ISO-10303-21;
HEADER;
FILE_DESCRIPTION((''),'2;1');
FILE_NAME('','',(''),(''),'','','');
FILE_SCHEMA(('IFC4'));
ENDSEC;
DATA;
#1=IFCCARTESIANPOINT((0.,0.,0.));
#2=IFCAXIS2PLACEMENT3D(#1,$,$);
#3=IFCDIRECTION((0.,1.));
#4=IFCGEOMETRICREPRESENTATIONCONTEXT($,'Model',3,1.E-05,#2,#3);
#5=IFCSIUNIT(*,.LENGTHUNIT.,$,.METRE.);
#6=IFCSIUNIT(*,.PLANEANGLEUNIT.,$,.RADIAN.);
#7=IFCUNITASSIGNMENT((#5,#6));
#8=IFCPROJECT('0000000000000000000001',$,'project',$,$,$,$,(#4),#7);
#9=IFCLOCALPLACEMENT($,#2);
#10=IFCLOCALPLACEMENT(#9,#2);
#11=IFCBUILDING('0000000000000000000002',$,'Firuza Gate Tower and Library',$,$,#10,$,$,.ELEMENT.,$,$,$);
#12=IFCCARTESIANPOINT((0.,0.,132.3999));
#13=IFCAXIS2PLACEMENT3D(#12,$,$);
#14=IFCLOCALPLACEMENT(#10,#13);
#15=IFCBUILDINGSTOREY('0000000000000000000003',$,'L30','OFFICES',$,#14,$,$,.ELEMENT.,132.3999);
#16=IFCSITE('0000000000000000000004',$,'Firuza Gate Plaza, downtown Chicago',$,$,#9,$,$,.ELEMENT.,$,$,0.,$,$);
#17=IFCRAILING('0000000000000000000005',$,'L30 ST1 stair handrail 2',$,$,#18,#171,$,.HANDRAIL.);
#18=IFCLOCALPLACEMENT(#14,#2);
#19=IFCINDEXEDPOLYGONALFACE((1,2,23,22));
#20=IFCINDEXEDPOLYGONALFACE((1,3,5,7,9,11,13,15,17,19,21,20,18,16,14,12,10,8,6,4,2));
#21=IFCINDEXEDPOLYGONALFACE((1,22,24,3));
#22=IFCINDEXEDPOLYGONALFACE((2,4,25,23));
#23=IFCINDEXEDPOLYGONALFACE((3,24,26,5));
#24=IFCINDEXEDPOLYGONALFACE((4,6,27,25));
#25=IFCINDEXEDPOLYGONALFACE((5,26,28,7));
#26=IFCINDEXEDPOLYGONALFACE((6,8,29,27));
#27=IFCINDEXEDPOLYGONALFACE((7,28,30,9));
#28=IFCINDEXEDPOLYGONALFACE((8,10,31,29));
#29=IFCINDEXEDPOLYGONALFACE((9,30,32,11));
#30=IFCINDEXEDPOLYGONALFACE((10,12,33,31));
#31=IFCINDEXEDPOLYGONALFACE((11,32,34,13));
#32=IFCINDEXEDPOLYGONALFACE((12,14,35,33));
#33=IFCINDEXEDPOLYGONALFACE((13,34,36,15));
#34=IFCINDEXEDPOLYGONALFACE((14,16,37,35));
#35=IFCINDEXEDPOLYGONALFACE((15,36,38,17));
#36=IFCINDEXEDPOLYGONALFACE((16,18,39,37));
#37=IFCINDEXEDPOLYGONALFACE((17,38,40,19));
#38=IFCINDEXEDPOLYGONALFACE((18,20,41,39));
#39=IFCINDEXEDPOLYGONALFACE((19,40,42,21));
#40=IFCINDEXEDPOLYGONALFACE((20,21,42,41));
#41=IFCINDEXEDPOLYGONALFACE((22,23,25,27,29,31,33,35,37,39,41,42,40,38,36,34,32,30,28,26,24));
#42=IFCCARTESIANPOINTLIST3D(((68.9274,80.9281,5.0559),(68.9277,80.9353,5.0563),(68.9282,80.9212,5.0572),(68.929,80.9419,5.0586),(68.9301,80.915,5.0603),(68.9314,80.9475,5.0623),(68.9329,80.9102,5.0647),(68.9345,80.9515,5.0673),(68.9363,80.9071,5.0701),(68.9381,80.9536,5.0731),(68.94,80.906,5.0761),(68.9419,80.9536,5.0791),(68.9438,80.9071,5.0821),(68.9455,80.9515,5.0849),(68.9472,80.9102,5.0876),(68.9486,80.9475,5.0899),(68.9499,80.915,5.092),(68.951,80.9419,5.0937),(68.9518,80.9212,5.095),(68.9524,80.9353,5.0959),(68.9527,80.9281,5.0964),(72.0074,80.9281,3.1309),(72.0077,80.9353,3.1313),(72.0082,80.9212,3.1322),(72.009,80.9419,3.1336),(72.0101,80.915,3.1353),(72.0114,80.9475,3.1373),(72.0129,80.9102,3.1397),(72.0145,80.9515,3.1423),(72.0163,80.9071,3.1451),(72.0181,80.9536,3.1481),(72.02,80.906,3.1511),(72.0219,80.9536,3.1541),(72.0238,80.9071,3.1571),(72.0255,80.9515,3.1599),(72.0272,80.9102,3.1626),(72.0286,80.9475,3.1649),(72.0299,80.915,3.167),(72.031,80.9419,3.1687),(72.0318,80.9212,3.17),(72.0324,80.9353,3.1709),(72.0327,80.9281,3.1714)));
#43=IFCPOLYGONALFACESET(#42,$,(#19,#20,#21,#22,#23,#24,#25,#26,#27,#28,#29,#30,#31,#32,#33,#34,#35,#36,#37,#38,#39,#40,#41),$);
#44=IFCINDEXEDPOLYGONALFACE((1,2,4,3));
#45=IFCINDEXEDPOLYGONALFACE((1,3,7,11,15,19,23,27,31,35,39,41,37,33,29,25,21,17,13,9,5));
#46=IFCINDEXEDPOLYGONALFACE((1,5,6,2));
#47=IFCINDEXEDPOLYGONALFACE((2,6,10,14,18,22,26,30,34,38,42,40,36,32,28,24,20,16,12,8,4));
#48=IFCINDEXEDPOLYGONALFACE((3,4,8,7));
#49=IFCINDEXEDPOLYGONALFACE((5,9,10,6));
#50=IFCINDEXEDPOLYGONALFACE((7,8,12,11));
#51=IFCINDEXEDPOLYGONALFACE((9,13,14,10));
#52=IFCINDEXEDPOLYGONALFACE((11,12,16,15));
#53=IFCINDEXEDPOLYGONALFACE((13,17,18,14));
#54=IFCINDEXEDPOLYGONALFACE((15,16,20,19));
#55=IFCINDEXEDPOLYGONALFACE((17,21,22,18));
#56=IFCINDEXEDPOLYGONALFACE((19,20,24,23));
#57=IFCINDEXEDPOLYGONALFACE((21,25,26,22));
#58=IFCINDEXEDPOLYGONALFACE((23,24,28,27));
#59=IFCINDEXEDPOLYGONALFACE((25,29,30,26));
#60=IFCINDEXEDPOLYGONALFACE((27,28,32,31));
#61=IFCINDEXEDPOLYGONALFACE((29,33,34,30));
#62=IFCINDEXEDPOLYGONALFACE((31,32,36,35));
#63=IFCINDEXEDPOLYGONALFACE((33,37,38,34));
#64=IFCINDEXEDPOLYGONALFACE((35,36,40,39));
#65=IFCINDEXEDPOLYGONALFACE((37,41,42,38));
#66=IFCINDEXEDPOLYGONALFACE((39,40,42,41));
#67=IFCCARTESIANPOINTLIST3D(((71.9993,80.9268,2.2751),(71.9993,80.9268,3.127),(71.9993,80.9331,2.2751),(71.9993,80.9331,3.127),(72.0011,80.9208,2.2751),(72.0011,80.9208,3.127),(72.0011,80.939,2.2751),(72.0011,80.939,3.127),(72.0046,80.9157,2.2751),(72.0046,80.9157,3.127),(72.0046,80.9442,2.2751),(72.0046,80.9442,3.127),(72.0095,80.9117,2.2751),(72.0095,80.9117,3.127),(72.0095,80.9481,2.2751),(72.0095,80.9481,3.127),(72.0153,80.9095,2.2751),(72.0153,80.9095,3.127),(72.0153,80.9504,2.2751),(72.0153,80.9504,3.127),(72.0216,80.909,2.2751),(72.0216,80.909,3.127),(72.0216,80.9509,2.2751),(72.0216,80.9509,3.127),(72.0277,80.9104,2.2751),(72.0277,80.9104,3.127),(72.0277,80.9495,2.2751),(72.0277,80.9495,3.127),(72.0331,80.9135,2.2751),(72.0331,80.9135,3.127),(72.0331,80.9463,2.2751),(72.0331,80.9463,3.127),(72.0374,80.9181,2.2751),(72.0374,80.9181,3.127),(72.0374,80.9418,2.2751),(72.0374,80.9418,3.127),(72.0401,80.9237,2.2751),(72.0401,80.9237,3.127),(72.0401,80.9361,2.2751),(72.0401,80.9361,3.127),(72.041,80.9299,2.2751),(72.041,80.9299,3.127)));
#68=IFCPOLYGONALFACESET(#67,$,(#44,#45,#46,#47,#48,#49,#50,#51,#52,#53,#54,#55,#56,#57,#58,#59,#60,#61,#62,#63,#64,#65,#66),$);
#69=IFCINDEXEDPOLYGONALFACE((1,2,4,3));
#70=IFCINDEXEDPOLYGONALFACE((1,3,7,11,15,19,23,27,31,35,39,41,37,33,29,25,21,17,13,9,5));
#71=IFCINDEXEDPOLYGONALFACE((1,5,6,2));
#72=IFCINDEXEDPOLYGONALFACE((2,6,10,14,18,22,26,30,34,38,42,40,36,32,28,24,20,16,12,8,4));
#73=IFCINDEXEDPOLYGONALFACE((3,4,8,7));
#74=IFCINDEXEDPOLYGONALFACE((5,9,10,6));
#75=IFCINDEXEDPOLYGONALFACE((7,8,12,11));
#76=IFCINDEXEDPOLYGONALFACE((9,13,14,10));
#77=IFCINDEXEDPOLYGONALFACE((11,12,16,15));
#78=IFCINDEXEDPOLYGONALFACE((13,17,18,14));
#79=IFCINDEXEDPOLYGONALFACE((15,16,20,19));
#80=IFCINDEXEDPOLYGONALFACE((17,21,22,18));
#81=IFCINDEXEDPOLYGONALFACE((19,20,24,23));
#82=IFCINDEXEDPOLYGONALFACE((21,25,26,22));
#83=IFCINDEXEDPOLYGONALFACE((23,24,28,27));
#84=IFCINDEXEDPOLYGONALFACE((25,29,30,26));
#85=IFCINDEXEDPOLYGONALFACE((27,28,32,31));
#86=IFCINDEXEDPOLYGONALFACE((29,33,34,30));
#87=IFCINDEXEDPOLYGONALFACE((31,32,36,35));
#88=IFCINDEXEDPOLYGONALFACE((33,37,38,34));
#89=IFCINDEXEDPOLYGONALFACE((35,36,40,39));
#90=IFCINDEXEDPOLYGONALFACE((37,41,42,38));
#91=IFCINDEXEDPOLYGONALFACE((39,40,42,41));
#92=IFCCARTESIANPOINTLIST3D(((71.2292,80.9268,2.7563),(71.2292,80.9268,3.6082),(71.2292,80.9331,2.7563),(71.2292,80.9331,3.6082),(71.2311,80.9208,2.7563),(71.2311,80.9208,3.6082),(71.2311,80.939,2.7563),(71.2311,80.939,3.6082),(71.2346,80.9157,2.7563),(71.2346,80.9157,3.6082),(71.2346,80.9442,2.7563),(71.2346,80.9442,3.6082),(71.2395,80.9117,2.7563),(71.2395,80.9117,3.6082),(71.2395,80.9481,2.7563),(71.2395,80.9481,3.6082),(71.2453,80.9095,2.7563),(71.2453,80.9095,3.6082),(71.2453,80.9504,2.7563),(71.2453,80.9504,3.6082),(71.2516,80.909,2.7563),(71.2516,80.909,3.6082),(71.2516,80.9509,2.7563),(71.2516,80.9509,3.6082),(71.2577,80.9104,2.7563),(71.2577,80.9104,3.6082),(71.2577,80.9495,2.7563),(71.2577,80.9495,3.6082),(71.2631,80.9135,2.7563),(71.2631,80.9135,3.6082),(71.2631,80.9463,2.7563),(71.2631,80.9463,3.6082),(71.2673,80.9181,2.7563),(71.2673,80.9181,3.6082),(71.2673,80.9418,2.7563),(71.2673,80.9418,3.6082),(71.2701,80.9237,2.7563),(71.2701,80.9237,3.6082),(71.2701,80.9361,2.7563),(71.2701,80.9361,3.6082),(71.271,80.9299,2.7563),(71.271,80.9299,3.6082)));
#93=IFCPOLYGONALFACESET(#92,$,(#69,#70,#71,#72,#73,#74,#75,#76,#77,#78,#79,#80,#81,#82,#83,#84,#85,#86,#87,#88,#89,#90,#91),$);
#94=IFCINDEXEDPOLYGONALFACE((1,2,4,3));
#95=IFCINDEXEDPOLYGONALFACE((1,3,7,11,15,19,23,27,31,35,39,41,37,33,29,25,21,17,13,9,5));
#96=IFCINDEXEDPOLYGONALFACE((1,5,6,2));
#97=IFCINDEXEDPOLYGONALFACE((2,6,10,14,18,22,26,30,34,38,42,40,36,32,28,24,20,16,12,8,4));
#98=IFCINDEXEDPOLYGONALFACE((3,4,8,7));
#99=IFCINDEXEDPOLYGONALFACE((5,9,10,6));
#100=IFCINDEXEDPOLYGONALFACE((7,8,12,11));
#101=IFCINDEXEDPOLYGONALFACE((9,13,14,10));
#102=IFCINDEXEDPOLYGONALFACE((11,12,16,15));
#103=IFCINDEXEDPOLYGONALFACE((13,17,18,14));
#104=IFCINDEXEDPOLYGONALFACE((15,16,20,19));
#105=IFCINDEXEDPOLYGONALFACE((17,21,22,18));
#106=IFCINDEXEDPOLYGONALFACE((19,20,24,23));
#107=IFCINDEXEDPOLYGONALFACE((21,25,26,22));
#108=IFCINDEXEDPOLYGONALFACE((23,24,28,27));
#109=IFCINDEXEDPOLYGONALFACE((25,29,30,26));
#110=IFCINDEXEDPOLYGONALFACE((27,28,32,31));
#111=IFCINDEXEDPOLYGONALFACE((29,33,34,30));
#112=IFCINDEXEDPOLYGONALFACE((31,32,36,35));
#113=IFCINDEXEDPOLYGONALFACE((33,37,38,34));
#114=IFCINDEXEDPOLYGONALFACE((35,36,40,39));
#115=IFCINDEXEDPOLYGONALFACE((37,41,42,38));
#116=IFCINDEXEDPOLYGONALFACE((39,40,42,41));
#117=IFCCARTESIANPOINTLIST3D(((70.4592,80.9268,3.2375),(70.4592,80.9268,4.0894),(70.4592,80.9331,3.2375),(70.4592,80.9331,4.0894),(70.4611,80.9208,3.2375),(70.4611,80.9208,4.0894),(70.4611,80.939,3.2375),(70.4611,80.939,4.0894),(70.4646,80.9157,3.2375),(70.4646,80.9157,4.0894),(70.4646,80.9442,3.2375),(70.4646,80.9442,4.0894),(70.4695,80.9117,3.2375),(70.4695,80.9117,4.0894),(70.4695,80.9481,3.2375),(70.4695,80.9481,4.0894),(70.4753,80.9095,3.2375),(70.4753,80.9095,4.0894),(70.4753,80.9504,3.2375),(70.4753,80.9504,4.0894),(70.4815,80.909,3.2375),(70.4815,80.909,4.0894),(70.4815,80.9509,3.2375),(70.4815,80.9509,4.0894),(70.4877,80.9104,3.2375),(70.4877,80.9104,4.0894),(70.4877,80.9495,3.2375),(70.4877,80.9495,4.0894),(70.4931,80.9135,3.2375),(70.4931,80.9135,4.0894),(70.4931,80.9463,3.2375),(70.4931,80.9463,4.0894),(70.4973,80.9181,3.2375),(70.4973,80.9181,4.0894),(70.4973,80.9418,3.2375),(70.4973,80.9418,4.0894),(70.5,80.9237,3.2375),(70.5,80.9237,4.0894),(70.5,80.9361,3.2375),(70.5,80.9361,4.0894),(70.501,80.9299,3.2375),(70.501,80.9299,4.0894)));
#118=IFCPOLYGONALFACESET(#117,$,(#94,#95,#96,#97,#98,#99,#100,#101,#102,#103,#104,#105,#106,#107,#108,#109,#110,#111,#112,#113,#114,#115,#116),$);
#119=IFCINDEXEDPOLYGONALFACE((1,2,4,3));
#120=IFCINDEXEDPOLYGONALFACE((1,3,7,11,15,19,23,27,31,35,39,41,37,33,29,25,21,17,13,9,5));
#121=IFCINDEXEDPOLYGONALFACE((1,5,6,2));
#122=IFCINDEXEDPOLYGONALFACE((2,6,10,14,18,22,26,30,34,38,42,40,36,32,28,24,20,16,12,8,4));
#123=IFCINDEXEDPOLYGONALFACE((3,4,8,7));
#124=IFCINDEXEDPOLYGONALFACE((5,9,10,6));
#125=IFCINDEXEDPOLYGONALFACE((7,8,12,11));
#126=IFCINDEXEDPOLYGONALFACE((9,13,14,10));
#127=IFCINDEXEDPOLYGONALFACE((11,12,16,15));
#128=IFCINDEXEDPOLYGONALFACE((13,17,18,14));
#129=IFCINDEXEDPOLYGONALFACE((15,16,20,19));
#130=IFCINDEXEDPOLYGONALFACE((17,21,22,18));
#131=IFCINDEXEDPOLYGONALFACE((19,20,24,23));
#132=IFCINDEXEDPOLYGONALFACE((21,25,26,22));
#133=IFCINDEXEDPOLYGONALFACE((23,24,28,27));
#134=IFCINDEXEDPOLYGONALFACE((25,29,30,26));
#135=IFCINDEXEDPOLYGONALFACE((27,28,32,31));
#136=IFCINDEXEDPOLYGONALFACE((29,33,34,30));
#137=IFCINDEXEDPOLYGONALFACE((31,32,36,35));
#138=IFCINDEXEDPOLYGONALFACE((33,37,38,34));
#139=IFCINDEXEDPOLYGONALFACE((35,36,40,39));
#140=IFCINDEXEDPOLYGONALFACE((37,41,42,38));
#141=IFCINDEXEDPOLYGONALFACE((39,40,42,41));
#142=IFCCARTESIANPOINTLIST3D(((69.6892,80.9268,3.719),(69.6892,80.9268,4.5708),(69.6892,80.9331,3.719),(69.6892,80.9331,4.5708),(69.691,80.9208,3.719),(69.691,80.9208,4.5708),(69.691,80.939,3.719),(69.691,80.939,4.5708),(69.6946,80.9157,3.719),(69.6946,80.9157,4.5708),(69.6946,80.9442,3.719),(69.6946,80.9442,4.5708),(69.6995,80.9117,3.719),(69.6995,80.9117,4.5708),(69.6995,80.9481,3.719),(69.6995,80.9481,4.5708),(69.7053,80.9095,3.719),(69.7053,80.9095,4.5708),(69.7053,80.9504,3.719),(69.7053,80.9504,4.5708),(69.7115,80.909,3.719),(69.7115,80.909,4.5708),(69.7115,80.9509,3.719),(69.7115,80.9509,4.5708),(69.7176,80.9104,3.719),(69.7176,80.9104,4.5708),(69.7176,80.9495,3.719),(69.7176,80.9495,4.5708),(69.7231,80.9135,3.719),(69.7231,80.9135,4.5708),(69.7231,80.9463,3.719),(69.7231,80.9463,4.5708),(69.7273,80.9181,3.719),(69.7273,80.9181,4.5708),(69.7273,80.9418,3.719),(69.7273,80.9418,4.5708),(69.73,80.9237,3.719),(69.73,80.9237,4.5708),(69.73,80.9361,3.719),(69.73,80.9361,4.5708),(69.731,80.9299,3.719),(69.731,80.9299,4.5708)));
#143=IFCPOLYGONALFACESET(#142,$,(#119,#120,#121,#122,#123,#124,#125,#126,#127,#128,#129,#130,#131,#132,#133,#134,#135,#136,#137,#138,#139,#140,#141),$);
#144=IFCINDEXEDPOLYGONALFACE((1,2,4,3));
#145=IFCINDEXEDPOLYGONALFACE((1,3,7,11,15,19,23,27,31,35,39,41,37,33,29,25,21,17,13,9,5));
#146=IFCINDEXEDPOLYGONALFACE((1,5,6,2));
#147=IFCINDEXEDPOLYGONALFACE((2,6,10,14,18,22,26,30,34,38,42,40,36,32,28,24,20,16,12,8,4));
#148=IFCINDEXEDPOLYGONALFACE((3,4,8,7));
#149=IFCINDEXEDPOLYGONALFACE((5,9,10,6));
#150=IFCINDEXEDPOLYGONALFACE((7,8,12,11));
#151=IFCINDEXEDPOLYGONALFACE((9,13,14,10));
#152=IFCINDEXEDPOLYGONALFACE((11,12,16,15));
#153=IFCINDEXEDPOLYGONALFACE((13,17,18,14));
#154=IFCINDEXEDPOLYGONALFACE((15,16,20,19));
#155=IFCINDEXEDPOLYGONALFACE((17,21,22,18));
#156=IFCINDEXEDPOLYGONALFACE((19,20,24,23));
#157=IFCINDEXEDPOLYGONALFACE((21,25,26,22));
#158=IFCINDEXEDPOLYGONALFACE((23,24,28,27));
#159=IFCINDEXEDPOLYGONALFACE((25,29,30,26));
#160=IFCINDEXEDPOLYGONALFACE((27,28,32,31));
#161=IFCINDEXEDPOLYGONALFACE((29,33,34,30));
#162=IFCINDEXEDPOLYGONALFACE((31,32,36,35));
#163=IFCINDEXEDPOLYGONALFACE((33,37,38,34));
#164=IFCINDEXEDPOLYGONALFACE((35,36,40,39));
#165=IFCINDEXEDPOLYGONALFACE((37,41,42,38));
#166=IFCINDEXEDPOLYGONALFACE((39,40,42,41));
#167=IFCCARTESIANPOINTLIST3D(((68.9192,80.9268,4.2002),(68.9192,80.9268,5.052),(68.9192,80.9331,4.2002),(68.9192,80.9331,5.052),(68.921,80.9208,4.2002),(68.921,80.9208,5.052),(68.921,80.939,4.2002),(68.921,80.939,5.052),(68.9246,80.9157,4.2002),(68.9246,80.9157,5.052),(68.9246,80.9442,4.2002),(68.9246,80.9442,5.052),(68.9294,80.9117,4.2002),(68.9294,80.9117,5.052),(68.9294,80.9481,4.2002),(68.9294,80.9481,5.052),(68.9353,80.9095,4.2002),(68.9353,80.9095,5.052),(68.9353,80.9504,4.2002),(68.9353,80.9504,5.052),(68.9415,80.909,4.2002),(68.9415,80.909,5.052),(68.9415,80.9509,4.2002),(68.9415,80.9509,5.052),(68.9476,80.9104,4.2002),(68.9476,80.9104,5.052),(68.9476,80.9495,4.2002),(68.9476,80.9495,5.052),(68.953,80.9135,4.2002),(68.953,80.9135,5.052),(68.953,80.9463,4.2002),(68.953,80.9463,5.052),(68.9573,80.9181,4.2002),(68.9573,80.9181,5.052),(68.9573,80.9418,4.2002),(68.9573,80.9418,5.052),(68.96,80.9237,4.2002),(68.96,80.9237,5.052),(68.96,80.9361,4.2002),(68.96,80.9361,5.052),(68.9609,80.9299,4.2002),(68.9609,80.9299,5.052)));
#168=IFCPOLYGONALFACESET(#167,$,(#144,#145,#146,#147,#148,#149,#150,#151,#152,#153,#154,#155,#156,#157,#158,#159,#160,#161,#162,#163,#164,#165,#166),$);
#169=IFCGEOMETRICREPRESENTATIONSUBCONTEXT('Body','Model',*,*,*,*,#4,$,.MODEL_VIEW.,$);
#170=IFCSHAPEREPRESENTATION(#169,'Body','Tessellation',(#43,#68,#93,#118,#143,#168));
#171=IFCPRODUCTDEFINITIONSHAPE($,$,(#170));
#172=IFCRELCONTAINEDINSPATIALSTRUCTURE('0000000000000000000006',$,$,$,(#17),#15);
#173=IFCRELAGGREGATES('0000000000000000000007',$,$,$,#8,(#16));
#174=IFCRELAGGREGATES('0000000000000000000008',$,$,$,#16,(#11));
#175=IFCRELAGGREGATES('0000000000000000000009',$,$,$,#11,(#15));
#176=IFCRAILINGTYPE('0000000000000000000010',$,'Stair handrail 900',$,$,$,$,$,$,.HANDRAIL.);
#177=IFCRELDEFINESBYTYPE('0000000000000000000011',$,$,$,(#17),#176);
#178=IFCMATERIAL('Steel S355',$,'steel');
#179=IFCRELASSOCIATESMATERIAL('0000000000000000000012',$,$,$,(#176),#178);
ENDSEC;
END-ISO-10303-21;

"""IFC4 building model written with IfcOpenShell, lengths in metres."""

from ifc_helpers import new_model, si_unit, direction, frame, origin, origin_2d, place, context, subcontext, project, spatial, circle, extrude, material, type_object, element, save


model = new_model("IFC4")

# Units and contexts
model_context = context("Model", 3, precision=1e-05, world=origin(), true_north=direction((0.0, 1.0)))
body_context = subcontext(model_context, "Body", "Model", "MODEL_VIEW")
ifc_project = project(units=[si_unit("LENGTHUNIT", "METRE"), si_unit("PLANEANGLEUNIT", "RADIAN")], contexts=[model_context])

# Site, building, storey
site_placement = place(None, origin())
site = spatial("IfcSite", under=ifc_project, at=site_placement, Name="Firuza Gate Plaza, downtown Chicago", CompositionType="ELEMENT", RefElevation=0.0)
building_placement = place(site_placement, origin())
building = spatial("IfcBuilding", under=site, at=building_placement, Name="Firuza Gate Tower and Library", CompositionType="ELEMENT")
storey_placement = place(building_placement, frame((0.0, 0.0, 132.3999)))
storey = spatial("IfcBuildingStorey", under=building, at=storey_placement, Name="L30", Description="OFFICES", CompositionType="ELEMENT", Elevation=132.3999)

# Railing
ifc_material_1 = material(Name="Steel S355", Category="steel")
railing_type_1 = type_object("IfcRailingType", Name="Stair handrail 900", PredefinedType="HANDRAIL", material=ifc_material_1)
railing_1_placement = place(storey_placement, frame((72.02, 80.9299, 2.2751)))
element("IfcRailing", 1, at=railing_1_placement, inside=storey, type_object=railing_type_1, Name="L30 ST1 stair handrail 2", PredefinedType="HANDRAIL", context=body_context, shape_type="SweptSolid", body=[
    extrude(circle(Radius=0.0239, at=origin_2d()), frame((0.0, 0.0, 0.876), z_axis=(-0.847998, 0.0, 0.529999), x_axis=(0.0, -1.0, 0.0)), (0.0, 0.0, 1.0), 3.6321),
    extrude(circle(Radius=0.021, at=origin_2d()), origin(), (0.0, 0.0, 1.0), 0.8518),
    extrude(circle(Radius=0.021, at=origin_2d()), frame((-0.77, 0.0, 0.4812)), (0.0, 0.0, 1.0), 0.8518),
    extrude(circle(Radius=0.021, at=origin_2d()), frame((-1.54, 0.0, 0.9624)), (0.0, 0.0, 1.0), 0.8518),
    extrude(circle(Radius=0.021, at=origin_2d()), frame((-2.3101, 0.0, 1.4438)), (0.0, 0.0, 1.0), 0.8518),
    extrude(circle(Radius=0.021, at=origin_2d()), frame((-3.0801, 0.0, 1.925)), (0.0, 0.0, 1.0), 0.8518),
])

save(model, "model.ifc")
